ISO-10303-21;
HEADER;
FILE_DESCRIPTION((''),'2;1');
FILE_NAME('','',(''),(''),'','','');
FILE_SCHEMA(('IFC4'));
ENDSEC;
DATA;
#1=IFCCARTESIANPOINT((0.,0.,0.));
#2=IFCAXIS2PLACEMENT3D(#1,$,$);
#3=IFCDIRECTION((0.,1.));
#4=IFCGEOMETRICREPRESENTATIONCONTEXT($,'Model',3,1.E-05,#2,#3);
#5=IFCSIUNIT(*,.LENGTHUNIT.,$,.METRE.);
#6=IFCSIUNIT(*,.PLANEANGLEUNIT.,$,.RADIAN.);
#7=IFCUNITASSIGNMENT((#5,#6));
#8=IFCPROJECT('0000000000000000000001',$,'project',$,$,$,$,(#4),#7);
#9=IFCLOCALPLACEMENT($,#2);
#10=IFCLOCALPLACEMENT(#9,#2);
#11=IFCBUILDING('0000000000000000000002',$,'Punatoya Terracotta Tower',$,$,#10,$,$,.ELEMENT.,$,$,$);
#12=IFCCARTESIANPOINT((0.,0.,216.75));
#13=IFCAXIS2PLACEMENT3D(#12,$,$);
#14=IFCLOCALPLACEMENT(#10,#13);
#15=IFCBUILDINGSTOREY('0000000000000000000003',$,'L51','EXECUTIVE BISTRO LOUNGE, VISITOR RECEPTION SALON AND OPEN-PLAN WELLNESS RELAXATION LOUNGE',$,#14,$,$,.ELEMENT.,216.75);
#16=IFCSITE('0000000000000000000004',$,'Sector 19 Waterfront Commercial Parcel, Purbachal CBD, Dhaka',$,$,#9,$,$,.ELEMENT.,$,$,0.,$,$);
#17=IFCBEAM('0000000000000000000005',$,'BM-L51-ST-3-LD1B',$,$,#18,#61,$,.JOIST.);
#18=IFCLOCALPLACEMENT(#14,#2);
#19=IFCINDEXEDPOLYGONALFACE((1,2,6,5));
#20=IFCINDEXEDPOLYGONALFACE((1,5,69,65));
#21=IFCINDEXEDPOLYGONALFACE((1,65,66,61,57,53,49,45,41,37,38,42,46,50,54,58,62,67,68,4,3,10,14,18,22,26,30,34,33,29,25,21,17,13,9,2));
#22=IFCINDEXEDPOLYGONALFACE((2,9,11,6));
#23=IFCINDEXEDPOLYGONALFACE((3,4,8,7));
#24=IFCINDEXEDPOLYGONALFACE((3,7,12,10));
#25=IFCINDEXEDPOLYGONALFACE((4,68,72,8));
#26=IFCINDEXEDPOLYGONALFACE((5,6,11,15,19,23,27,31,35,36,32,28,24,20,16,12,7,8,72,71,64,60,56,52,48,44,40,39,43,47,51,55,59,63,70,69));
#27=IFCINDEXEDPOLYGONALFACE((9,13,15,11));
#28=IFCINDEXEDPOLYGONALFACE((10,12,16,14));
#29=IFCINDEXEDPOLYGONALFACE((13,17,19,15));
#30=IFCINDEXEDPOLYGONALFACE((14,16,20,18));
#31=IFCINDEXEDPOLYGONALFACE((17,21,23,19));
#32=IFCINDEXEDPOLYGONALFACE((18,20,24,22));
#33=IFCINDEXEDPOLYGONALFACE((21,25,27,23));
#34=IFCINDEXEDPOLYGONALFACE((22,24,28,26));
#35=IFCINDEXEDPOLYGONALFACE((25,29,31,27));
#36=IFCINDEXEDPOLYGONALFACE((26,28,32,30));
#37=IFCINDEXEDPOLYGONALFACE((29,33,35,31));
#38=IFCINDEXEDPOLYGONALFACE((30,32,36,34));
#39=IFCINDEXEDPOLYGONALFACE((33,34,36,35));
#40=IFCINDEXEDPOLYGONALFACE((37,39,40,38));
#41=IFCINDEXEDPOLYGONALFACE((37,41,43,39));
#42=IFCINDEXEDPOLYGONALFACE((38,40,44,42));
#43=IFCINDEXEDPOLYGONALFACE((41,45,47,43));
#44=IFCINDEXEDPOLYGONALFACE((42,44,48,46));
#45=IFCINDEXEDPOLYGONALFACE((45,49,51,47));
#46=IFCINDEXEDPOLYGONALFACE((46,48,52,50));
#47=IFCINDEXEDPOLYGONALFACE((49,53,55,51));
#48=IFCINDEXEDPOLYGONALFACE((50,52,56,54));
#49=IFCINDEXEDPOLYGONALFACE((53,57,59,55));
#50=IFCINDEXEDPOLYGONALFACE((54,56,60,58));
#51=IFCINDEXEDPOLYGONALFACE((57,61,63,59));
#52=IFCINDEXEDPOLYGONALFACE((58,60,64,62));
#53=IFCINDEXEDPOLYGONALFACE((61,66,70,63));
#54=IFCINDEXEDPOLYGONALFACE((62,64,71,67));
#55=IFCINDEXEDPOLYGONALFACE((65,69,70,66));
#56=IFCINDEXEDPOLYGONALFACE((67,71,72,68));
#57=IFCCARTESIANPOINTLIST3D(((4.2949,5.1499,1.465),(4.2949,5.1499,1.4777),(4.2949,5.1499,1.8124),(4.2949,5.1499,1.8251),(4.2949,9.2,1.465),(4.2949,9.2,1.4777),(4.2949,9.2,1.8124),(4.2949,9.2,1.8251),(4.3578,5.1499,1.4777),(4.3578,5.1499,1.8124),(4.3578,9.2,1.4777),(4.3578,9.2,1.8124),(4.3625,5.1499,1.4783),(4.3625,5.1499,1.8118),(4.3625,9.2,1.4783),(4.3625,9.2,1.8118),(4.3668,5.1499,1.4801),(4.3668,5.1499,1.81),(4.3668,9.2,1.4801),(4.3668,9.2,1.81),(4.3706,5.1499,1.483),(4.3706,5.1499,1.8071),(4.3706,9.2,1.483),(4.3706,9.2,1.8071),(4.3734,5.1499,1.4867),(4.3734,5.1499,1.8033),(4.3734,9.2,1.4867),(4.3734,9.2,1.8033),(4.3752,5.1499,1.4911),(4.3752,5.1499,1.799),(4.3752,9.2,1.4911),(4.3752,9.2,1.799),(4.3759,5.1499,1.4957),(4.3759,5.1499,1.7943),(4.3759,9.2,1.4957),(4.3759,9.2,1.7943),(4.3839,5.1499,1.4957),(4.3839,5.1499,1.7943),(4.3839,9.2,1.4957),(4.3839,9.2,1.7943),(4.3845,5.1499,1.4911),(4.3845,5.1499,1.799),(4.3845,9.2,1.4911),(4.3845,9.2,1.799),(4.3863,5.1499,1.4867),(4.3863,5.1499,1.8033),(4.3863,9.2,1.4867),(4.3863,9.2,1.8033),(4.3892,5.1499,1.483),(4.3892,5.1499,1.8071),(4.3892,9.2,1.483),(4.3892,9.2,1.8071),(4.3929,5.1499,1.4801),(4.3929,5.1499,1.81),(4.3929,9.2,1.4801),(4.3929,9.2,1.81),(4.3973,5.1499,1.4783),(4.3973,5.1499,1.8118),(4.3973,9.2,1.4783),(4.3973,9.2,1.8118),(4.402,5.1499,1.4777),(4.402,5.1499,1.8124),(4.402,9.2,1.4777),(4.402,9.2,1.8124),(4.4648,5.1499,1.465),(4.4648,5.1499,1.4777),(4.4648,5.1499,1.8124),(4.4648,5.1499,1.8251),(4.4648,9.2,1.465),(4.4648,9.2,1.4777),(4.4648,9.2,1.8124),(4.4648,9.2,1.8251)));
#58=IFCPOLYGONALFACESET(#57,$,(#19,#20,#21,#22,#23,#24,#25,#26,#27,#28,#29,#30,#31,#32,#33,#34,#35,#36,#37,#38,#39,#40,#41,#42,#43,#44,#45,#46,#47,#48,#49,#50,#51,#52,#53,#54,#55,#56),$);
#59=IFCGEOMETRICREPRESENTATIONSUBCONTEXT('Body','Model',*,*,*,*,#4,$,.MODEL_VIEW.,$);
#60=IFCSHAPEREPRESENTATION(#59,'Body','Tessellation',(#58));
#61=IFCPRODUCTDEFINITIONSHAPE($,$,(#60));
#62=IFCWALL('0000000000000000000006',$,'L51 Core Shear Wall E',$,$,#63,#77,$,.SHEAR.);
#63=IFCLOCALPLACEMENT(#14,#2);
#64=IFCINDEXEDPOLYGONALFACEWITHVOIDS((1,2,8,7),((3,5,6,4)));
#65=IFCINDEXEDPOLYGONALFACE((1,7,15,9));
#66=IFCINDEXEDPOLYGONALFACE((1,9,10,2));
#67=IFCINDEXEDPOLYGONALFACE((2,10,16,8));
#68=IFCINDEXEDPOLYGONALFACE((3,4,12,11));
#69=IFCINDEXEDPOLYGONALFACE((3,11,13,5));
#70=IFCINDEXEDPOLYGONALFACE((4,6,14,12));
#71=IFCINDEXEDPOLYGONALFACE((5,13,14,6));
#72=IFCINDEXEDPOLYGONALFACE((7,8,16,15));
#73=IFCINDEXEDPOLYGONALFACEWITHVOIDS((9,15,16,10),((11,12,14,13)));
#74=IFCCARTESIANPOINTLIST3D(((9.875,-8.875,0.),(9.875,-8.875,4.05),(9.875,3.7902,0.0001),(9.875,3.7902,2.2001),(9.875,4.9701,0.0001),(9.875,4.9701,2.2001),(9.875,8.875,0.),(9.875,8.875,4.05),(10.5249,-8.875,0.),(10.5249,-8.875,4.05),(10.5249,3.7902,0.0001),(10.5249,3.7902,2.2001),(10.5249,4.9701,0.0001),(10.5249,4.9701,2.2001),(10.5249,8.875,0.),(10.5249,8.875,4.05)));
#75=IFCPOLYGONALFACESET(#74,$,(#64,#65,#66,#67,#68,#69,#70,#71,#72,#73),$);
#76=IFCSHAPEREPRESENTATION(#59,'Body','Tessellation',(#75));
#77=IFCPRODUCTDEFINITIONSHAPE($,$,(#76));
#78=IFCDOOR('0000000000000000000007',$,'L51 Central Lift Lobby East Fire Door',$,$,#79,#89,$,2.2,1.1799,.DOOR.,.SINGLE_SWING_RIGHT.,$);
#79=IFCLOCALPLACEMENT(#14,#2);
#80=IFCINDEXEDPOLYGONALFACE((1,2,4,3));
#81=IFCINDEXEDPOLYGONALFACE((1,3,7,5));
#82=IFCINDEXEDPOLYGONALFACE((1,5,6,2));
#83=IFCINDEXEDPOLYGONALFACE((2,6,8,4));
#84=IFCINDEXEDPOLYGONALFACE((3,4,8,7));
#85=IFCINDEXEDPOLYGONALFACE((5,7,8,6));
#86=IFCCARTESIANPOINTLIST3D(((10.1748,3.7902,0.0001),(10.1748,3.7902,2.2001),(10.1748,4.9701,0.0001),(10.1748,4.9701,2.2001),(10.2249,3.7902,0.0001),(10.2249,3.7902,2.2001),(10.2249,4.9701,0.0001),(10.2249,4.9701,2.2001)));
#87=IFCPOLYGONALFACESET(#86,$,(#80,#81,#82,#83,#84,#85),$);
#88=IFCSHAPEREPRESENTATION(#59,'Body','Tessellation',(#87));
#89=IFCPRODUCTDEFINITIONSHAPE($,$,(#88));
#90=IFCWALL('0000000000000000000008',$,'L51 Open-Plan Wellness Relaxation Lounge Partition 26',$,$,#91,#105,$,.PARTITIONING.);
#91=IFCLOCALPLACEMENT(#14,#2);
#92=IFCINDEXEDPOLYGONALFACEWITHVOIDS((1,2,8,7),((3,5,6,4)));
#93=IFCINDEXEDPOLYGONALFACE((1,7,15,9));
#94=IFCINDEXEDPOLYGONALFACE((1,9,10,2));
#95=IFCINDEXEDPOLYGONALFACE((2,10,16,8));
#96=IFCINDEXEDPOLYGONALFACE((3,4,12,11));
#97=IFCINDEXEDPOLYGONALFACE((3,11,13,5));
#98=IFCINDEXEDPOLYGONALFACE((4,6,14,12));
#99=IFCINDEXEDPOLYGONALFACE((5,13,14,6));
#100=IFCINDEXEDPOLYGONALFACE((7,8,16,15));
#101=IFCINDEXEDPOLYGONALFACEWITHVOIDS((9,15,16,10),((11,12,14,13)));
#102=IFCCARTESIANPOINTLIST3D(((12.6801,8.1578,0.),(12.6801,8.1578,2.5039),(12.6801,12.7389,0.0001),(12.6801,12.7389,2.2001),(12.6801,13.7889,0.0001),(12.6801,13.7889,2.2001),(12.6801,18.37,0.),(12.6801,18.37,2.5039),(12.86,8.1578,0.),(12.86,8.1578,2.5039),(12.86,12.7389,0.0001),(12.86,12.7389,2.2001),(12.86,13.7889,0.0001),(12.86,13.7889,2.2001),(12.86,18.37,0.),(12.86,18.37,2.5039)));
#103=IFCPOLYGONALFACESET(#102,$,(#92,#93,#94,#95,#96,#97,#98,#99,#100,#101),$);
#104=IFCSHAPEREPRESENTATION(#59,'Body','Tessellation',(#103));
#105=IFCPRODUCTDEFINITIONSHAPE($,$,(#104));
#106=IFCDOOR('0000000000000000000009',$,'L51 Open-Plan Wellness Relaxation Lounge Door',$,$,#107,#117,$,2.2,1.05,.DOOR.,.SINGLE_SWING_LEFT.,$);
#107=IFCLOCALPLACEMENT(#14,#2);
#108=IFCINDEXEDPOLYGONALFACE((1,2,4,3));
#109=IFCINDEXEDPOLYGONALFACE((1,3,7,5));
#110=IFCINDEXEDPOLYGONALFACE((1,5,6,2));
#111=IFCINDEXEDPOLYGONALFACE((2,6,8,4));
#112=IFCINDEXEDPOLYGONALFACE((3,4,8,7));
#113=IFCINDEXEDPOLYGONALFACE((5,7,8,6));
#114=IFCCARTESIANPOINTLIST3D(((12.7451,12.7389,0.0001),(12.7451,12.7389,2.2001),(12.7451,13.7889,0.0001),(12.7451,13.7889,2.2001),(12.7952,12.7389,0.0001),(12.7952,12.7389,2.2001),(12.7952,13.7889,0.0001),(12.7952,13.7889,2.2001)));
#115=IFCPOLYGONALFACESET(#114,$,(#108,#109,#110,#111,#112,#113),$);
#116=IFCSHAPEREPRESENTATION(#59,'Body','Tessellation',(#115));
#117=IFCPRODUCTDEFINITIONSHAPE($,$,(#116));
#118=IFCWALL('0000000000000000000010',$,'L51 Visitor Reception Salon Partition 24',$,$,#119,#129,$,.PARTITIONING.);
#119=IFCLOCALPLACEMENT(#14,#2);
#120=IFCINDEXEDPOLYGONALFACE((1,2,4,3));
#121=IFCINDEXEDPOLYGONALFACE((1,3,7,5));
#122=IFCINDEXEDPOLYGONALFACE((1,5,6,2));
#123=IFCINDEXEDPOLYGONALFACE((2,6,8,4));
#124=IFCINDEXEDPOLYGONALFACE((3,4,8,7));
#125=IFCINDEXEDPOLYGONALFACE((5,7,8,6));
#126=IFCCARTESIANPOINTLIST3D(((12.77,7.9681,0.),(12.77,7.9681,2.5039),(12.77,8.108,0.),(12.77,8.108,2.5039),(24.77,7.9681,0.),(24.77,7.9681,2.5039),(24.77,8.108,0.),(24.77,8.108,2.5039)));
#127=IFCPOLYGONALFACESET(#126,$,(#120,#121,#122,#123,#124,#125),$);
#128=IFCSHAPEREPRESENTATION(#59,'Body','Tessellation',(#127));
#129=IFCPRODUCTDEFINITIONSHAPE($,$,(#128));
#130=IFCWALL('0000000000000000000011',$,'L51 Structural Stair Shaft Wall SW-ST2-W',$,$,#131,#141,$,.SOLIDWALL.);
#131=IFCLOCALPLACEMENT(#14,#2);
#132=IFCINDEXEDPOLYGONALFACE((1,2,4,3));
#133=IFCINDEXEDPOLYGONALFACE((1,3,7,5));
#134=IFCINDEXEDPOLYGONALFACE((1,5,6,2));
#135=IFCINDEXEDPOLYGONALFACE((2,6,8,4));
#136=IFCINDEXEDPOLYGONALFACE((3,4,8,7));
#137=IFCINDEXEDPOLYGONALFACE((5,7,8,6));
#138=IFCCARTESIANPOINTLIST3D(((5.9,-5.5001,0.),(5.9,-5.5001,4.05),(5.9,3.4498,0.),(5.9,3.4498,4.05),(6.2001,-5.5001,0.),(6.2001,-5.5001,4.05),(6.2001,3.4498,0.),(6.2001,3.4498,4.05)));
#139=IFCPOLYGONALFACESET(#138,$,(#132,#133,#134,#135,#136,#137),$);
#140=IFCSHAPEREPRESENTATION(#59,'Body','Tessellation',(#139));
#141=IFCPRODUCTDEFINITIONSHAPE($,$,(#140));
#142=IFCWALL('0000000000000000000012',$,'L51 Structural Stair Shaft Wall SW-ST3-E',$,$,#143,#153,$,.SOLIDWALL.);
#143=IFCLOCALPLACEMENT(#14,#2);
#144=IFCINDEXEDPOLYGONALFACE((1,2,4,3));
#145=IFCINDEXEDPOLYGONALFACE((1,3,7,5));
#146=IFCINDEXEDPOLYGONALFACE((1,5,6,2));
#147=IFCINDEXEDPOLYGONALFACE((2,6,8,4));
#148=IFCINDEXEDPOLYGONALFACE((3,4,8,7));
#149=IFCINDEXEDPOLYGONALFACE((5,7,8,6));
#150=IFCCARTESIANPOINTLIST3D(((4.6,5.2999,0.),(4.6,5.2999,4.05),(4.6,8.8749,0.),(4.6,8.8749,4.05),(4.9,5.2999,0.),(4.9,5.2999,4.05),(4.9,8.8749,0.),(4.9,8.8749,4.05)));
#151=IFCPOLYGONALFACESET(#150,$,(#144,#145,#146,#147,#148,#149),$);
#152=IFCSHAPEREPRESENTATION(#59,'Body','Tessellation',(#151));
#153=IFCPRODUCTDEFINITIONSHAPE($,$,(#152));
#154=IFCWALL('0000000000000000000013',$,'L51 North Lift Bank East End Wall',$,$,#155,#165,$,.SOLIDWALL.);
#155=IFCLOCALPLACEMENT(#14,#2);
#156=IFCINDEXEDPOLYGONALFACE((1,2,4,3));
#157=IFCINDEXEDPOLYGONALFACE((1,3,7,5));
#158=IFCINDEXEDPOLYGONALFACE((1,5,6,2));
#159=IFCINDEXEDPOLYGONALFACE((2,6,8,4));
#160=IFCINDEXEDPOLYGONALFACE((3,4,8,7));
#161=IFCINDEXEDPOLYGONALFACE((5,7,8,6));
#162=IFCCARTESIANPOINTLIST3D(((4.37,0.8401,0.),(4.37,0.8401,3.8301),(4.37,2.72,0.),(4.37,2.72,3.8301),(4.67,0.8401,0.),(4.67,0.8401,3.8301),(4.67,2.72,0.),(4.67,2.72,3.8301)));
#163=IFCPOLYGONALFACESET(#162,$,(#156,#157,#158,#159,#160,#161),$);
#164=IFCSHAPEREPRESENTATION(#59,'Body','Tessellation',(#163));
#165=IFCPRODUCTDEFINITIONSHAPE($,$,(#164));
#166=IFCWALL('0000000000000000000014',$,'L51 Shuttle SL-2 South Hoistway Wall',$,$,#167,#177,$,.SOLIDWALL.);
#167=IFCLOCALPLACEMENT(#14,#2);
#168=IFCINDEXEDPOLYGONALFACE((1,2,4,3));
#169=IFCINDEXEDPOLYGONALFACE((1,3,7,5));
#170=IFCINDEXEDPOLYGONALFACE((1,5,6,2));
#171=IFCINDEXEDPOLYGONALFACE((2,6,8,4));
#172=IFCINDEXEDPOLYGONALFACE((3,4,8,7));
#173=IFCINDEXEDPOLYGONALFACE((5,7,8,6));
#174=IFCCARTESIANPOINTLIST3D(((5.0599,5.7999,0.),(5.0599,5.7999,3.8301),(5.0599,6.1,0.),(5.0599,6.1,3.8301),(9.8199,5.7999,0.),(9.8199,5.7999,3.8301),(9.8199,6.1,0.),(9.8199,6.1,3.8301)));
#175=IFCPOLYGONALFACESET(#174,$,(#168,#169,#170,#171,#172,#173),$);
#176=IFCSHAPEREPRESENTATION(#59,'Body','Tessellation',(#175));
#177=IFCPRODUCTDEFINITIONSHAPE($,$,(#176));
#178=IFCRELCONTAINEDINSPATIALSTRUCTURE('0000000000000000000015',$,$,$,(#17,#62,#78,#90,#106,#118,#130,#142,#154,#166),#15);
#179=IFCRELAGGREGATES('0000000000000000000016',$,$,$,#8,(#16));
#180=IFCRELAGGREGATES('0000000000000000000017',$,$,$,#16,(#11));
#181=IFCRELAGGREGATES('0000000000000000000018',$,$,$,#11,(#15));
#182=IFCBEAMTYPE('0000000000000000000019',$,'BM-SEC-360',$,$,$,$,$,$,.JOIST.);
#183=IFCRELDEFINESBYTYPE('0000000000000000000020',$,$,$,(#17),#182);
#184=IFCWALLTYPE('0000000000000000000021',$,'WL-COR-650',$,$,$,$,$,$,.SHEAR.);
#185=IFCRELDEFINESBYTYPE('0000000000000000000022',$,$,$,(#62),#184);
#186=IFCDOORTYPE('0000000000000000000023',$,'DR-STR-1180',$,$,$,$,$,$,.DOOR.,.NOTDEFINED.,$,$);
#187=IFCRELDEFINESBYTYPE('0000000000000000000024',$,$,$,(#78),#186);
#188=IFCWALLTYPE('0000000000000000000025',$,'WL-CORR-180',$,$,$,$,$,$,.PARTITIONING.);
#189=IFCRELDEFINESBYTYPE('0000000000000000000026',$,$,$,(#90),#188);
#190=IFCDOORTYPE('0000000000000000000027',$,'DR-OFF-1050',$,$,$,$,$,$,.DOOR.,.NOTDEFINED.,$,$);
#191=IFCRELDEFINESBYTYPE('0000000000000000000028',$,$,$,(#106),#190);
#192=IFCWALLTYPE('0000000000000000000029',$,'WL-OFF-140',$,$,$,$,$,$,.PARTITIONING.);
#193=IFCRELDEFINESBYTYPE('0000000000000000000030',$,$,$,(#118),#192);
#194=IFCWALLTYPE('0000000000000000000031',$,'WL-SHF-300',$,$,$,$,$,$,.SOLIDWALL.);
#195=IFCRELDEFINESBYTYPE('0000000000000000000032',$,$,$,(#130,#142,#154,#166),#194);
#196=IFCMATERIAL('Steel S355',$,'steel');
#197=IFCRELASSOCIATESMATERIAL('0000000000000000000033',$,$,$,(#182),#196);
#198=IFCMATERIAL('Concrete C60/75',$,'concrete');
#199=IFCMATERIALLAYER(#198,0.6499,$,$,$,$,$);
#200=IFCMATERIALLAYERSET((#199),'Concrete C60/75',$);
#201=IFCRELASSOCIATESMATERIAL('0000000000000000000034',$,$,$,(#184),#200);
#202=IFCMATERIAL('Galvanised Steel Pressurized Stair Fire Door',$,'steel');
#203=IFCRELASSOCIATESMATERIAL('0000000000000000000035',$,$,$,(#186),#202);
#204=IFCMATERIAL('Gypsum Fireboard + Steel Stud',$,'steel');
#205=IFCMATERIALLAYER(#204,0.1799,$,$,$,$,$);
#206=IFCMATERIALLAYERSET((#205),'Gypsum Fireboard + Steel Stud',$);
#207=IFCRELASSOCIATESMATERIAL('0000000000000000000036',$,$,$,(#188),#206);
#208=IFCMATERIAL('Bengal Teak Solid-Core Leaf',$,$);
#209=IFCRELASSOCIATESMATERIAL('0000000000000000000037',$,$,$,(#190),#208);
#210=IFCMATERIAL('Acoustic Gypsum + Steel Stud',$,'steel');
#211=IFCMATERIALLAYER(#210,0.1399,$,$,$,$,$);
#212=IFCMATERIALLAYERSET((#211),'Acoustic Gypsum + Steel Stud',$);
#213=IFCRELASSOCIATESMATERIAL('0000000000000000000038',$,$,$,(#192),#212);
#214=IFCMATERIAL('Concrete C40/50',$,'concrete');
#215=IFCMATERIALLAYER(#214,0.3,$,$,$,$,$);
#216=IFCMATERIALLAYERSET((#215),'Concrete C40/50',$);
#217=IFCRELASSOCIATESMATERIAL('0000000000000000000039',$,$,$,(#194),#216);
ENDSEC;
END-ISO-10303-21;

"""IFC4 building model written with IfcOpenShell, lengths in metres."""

from ifc_helpers import new_model, si_unit, direction, frame, frame_2d, origin, origin_2d, place, context, subcontext, project, spatial, rectangle, i_section, extrude, material, layer, layer_set, material_profile, profile_set, type_object, element, fill, save


model = new_model("IFC4")

# Units and contexts
model_context = context("Model", 3, precision=1e-05, world=origin(), true_north=direction((0.0, 1.0)))
body_context = subcontext(model_context, "Body", "Model", "MODEL_VIEW")
ifc_project = project(units=[si_unit("LENGTHUNIT", "METRE"), si_unit("PLANEANGLEUNIT", "RADIAN")], contexts=[model_context])

# Site, building, storey
site_placement = place(None, origin())
site = spatial("IfcSite", under=ifc_project, at=site_placement, Name="Sector 19 Waterfront Commercial Parcel, Purbachal CBD, Dhaka", CompositionType="ELEMENT", RefElevation=0.0)
building_placement = place(site_placement, origin())
building = spatial("IfcBuilding", under=site, at=building_placement, Name="Punatoya Terracotta Tower", CompositionType="ELEMENT")
storey_placement = place(building_placement, frame((0.0, 0.0, 216.75)))
storey = spatial("IfcBuildingStorey", under=building, at=storey_placement, Name="L51", Description="EXECUTIVE BISTRO LOUNGE, VISITOR RECEPTION SALON AND OPEN-PLAN WELLNESS RELAXATION LOUNGE", CompositionType="ELEMENT", Elevation=216.75)

# Beam
ifc_material_1 = material(Name="Steel S355", Category="steel")
ifc_material_profile_1 = material_profile(ifc_material_1, i_section(OverallWidth=0.1699, OverallDepth=0.3601, WebThickness=0.0081, FlangeThickness=0.0127, FilletRadius=0.0181, at=origin_2d()))
ifc_profile_set_1 = profile_set([ifc_material_profile_1], Name="Steel S355")
beam_type_1 = type_object("IfcBeamType", Name="BM-SEC-360", PredefinedType="JOIST", material=ifc_profile_set_1)
for number, where, z_axis, x_axis, name in (
    (1, (4.3799, 5.1499, 1.645), (0.0, 1.0, 0.0), (-1.0, 0.0, 0.0), "BM-L51-ST-3-LD1B"),
):
    element("IfcBeam", number, at=place(storey_placement, frame(where, z_axis=z_axis, x_axis=x_axis)), inside=storey, type_object=beam_type_1, Name=name, PredefinedType="JOIST", context=body_context, shape_type="SweptSolid", body=[
        extrude(i_section(OverallWidth=0.1699, OverallDepth=0.3601, WebThickness=0.0081, FlangeThickness=0.0127, FilletRadius=0.0181, at=origin_2d()), origin(), (0.0, 0.0, 1.0), 4.05),
    ])

# Walls, openings, doors
ifc_material_2 = material(Name="Concrete C60/75", Category="concrete")
ifc_layer_1 = layer(ifc_material_2, 0.6499)
ifc_layer_set_1 = layer_set([ifc_layer_1], Name="Concrete C60/75")
wall_type_1 = type_object("IfcWallType", Name="WL-COR-650", PredefinedType="SHEAR", material=ifc_layer_set_1)
wall_1_placement = place(storey_placement, frame((10.2, 8.875, 0.0), z_axis=(0.0, 0.0, 1.0), x_axis=(0.0, -1.0, 0.0)))
wall_1 = element("IfcWall", 2, at=wall_1_placement, inside=storey, type_object=wall_type_1, Name="L51 Core Shear Wall E", PredefinedType="SHEAR", context=body_context, shape_type="SweptSolid", body=[
    extrude(rectangle(XDim=17.75, YDim=0.6499, at=frame_2d((8.875, 0.0))), origin(), (0.0, 0.0, 1.0), 4.05),
])
opening_1_placement = place(wall_1_placement, frame((3.905, 0.0, 0.0)))
opening_1 = element("IfcOpeningElement", 3, at=opening_1_placement, cuts=wall_1, PredefinedType="OPENING", context=body_context, shape_type="SweptSolid", body=[
    extrude(rectangle(XDim=1.1799, YDim=2.2, at=frame_2d((0.5898, 1.1001))), frame((0.0, 0.335, 0.0), z_axis=(0.0, -1.0, 0.0), x_axis=(1.0, 0.0, 0.0)), (0.0, 0.0, 1.0), 0.6699),
])
ifc_material_3 = material(Name="Galvanised Steel Pressurized Stair Fire Door", Category="steel")
door_type_1 = type_object("IfcDoorType", Name="DR-STR-1180", OperationType="NOTDEFINED", PredefinedType="DOOR", material=ifc_material_3)
door_1_placement = place(opening_1_placement, origin())
door_1 = element("IfcDoor", 4, at=door_1_placement, inside=storey, type_object=door_type_1, Name="L51 Central Lift Lobby East Fire Door", OperationType="SINGLE_SWING_RIGHT", OverallHeight=2.2, OverallWidth=1.1799, PredefinedType="DOOR", context=body_context, shape_type="SweptSolid", body=[
    extrude(rectangle(XDim=1.1799, YDim=2.2, at=frame_2d((0.5898, 1.1001))), frame((0.0, 0.0249, 0.0), z_axis=(0.0, -1.0, 0.0), x_axis=(1.0, 0.0, 0.0)), (0.0, 0.0, 1.0), 0.05),
])
fill(opening_1, door_1)
ifc_material_4 = material(Name="Gypsum Fireboard + Steel Stud", Category="steel")
ifc_layer_2 = layer(ifc_material_4, 0.1799)
ifc_layer_set_2 = layer_set([ifc_layer_2], Name="Gypsum Fireboard + Steel Stud")
wall_type_2 = type_object("IfcWallType", Name="WL-CORR-180", PredefinedType="PARTITIONING", material=ifc_layer_set_2)
wall_2_placement = place(storey_placement, frame((12.77, 8.158, 0.0), z_axis=(0.0, 0.0, 1.0), x_axis=(0.0, 1.0, 0.0)))
wall_2 = element("IfcWall", 5, at=wall_2_placement, inside=storey, type_object=wall_type_2, Name="L51 Open-Plan Wellness Relaxation Lounge Partition 26", PredefinedType="PARTITIONING", context=body_context, shape_type="SweptSolid", body=[
    extrude(rectangle(XDim=10.2122, YDim=0.1799, at=frame_2d((5.106, 0.0))), origin(), (0.0, 0.0, 1.0), 2.5039),
])
opening_2_placement = place(wall_2_placement, frame((4.5811, 0.0, 0.0)))
opening_2 = element("IfcOpeningElement", 6, at=opening_2_placement, cuts=wall_2, PredefinedType="OPENING", context=body_context, shape_type="SweptSolid", body=[
    extrude(rectangle(XDim=1.05, YDim=2.2, at=frame_2d((0.5249, 1.1001))), frame((0.0, 0.0999, 0.0), z_axis=(0.0, -1.0, 0.0), x_axis=(1.0, 0.0, 0.0)), (0.0, 0.0, 1.0), 0.2),
])
ifc_material_5 = material(Name="Bengal Teak Solid-Core Leaf")
door_type_2 = type_object("IfcDoorType", Name="DR-OFF-1050", OperationType="NOTDEFINED", PredefinedType="DOOR", material=ifc_material_5)
door_2_placement = place(opening_2_placement, origin())
door_2 = element("IfcDoor", 7, at=door_2_placement, inside=storey, type_object=door_type_2, Name="L51 Open-Plan Wellness Relaxation Lounge Door", OperationType="SINGLE_SWING_LEFT", OverallHeight=2.2, OverallWidth=1.05, PredefinedType="DOOR", context=body_context, shape_type="SweptSolid", body=[
    extrude(rectangle(XDim=1.05, YDim=2.2, at=frame_2d((0.5249, 1.1001))), frame((0.0, 0.0249, 0.0), z_axis=(0.0, -1.0, 0.0), x_axis=(1.0, 0.0, 0.0)), (0.0, 0.0, 1.0), 0.05),
])
fill(opening_2, door_2)

# Walls
ifc_material_6 = material(Name="Acoustic Gypsum + Steel Stud", Category="steel")
ifc_layer_3 = layer(ifc_material_6, 0.1399)
ifc_layer_set_3 = layer_set([ifc_layer_3], Name="Acoustic Gypsum + Steel Stud")
wall_type_3 = type_object("IfcWallType", Name="WL-OFF-140", PredefinedType="PARTITIONING", material=ifc_layer_set_3)
wall_3_placement = place(storey_placement, frame((12.77, 8.0381, 0.0), z_axis=(0.0, 0.0, 1.0), x_axis=(1.0, 0.0, 0.0)))
element("IfcWall", 8, at=wall_3_placement, inside=storey, type_object=wall_type_3, Name="L51 Visitor Reception Salon Partition 24", PredefinedType="PARTITIONING", context=body_context, shape_type="SweptSolid", body=[
    extrude(rectangle(XDim=12.0, YDim=0.1399, at=frame_2d((6.0, 0.0))), origin(), (0.0, 0.0, 1.0), 2.5039),
])
ifc_material_7 = material(Name="Concrete C40/50", Category="concrete")
ifc_layer_4 = layer(ifc_material_7, 0.3)
ifc_layer_set_4 = layer_set([ifc_layer_4], Name="Concrete C40/50")
wall_type_4 = type_object("IfcWallType", Name="WL-SHF-300", PredefinedType="SOLIDWALL", material=ifc_layer_set_4)
wall_4_placement = place(storey_placement, frame((6.05, 3.45, 0.0), z_axis=(0.0, 0.0, 1.0), x_axis=(0.0, -1.0, 0.0)))
element("IfcWall", 9, at=wall_4_placement, inside=storey, type_object=wall_type_4, Name="L51 Structural Stair Shaft Wall SW-ST2-W", PredefinedType="SOLIDWALL", context=body_context, shape_type="SweptSolid", body=[
    extrude(rectangle(XDim=8.95, YDim=0.3, at=frame_2d((4.4751, 0.0))), origin(), (0.0, 0.0, 1.0), 4.05),
])
wall_5_placement = place(storey_placement, frame((4.75, 8.875, 0.0), z_axis=(0.0, 0.0, 1.0), x_axis=(0.0, -1.0, 0.0)))
element("IfcWall", 10, at=wall_5_placement, inside=storey, type_object=wall_type_4, Name="L51 Structural Stair Shaft Wall SW-ST3-E", PredefinedType="SOLIDWALL", context=body_context, shape_type="SweptSolid", body=[
    extrude(rectangle(XDim=3.575, YDim=0.3, at=frame_2d((1.7876, 0.0))), origin(), (0.0, 0.0, 1.0), 4.05),
])
wall_6_placement = place(storey_placement, frame((4.52, 0.8401, 0.0), z_axis=(0.0, 0.0, 1.0), x_axis=(0.0, 1.0, 0.0)))
element("IfcWall", 11, at=wall_6_placement, inside=storey, type_object=wall_type_4, Name="L51 North Lift Bank East End Wall", PredefinedType="SOLIDWALL", context=body_context, shape_type="SweptSolid", body=[
    extrude(rectangle(XDim=1.8799, YDim=0.3, at=frame_2d((0.9399, 0.0))), origin(), (0.0, 0.0, 1.0), 3.8301),
])
wall_7_placement = place(storey_placement, frame((5.0601, 5.95, 0.0), z_axis=(0.0, 0.0, 1.0), x_axis=(1.0, 0.0, 0.0)))
element("IfcWall", 12, at=wall_7_placement, inside=storey, type_object=wall_type_4, Name="L51 Shuttle SL-2 South Hoistway Wall", PredefinedType="SOLIDWALL", context=body_context, shape_type="SweptSolid", body=[
    extrude(rectangle(XDim=4.76, YDim=0.3, at=frame_2d((2.3799, 0.0))), origin(), (0.0, 0.0, 1.0), 3.8301),
])

save(model, "model.ifc")
